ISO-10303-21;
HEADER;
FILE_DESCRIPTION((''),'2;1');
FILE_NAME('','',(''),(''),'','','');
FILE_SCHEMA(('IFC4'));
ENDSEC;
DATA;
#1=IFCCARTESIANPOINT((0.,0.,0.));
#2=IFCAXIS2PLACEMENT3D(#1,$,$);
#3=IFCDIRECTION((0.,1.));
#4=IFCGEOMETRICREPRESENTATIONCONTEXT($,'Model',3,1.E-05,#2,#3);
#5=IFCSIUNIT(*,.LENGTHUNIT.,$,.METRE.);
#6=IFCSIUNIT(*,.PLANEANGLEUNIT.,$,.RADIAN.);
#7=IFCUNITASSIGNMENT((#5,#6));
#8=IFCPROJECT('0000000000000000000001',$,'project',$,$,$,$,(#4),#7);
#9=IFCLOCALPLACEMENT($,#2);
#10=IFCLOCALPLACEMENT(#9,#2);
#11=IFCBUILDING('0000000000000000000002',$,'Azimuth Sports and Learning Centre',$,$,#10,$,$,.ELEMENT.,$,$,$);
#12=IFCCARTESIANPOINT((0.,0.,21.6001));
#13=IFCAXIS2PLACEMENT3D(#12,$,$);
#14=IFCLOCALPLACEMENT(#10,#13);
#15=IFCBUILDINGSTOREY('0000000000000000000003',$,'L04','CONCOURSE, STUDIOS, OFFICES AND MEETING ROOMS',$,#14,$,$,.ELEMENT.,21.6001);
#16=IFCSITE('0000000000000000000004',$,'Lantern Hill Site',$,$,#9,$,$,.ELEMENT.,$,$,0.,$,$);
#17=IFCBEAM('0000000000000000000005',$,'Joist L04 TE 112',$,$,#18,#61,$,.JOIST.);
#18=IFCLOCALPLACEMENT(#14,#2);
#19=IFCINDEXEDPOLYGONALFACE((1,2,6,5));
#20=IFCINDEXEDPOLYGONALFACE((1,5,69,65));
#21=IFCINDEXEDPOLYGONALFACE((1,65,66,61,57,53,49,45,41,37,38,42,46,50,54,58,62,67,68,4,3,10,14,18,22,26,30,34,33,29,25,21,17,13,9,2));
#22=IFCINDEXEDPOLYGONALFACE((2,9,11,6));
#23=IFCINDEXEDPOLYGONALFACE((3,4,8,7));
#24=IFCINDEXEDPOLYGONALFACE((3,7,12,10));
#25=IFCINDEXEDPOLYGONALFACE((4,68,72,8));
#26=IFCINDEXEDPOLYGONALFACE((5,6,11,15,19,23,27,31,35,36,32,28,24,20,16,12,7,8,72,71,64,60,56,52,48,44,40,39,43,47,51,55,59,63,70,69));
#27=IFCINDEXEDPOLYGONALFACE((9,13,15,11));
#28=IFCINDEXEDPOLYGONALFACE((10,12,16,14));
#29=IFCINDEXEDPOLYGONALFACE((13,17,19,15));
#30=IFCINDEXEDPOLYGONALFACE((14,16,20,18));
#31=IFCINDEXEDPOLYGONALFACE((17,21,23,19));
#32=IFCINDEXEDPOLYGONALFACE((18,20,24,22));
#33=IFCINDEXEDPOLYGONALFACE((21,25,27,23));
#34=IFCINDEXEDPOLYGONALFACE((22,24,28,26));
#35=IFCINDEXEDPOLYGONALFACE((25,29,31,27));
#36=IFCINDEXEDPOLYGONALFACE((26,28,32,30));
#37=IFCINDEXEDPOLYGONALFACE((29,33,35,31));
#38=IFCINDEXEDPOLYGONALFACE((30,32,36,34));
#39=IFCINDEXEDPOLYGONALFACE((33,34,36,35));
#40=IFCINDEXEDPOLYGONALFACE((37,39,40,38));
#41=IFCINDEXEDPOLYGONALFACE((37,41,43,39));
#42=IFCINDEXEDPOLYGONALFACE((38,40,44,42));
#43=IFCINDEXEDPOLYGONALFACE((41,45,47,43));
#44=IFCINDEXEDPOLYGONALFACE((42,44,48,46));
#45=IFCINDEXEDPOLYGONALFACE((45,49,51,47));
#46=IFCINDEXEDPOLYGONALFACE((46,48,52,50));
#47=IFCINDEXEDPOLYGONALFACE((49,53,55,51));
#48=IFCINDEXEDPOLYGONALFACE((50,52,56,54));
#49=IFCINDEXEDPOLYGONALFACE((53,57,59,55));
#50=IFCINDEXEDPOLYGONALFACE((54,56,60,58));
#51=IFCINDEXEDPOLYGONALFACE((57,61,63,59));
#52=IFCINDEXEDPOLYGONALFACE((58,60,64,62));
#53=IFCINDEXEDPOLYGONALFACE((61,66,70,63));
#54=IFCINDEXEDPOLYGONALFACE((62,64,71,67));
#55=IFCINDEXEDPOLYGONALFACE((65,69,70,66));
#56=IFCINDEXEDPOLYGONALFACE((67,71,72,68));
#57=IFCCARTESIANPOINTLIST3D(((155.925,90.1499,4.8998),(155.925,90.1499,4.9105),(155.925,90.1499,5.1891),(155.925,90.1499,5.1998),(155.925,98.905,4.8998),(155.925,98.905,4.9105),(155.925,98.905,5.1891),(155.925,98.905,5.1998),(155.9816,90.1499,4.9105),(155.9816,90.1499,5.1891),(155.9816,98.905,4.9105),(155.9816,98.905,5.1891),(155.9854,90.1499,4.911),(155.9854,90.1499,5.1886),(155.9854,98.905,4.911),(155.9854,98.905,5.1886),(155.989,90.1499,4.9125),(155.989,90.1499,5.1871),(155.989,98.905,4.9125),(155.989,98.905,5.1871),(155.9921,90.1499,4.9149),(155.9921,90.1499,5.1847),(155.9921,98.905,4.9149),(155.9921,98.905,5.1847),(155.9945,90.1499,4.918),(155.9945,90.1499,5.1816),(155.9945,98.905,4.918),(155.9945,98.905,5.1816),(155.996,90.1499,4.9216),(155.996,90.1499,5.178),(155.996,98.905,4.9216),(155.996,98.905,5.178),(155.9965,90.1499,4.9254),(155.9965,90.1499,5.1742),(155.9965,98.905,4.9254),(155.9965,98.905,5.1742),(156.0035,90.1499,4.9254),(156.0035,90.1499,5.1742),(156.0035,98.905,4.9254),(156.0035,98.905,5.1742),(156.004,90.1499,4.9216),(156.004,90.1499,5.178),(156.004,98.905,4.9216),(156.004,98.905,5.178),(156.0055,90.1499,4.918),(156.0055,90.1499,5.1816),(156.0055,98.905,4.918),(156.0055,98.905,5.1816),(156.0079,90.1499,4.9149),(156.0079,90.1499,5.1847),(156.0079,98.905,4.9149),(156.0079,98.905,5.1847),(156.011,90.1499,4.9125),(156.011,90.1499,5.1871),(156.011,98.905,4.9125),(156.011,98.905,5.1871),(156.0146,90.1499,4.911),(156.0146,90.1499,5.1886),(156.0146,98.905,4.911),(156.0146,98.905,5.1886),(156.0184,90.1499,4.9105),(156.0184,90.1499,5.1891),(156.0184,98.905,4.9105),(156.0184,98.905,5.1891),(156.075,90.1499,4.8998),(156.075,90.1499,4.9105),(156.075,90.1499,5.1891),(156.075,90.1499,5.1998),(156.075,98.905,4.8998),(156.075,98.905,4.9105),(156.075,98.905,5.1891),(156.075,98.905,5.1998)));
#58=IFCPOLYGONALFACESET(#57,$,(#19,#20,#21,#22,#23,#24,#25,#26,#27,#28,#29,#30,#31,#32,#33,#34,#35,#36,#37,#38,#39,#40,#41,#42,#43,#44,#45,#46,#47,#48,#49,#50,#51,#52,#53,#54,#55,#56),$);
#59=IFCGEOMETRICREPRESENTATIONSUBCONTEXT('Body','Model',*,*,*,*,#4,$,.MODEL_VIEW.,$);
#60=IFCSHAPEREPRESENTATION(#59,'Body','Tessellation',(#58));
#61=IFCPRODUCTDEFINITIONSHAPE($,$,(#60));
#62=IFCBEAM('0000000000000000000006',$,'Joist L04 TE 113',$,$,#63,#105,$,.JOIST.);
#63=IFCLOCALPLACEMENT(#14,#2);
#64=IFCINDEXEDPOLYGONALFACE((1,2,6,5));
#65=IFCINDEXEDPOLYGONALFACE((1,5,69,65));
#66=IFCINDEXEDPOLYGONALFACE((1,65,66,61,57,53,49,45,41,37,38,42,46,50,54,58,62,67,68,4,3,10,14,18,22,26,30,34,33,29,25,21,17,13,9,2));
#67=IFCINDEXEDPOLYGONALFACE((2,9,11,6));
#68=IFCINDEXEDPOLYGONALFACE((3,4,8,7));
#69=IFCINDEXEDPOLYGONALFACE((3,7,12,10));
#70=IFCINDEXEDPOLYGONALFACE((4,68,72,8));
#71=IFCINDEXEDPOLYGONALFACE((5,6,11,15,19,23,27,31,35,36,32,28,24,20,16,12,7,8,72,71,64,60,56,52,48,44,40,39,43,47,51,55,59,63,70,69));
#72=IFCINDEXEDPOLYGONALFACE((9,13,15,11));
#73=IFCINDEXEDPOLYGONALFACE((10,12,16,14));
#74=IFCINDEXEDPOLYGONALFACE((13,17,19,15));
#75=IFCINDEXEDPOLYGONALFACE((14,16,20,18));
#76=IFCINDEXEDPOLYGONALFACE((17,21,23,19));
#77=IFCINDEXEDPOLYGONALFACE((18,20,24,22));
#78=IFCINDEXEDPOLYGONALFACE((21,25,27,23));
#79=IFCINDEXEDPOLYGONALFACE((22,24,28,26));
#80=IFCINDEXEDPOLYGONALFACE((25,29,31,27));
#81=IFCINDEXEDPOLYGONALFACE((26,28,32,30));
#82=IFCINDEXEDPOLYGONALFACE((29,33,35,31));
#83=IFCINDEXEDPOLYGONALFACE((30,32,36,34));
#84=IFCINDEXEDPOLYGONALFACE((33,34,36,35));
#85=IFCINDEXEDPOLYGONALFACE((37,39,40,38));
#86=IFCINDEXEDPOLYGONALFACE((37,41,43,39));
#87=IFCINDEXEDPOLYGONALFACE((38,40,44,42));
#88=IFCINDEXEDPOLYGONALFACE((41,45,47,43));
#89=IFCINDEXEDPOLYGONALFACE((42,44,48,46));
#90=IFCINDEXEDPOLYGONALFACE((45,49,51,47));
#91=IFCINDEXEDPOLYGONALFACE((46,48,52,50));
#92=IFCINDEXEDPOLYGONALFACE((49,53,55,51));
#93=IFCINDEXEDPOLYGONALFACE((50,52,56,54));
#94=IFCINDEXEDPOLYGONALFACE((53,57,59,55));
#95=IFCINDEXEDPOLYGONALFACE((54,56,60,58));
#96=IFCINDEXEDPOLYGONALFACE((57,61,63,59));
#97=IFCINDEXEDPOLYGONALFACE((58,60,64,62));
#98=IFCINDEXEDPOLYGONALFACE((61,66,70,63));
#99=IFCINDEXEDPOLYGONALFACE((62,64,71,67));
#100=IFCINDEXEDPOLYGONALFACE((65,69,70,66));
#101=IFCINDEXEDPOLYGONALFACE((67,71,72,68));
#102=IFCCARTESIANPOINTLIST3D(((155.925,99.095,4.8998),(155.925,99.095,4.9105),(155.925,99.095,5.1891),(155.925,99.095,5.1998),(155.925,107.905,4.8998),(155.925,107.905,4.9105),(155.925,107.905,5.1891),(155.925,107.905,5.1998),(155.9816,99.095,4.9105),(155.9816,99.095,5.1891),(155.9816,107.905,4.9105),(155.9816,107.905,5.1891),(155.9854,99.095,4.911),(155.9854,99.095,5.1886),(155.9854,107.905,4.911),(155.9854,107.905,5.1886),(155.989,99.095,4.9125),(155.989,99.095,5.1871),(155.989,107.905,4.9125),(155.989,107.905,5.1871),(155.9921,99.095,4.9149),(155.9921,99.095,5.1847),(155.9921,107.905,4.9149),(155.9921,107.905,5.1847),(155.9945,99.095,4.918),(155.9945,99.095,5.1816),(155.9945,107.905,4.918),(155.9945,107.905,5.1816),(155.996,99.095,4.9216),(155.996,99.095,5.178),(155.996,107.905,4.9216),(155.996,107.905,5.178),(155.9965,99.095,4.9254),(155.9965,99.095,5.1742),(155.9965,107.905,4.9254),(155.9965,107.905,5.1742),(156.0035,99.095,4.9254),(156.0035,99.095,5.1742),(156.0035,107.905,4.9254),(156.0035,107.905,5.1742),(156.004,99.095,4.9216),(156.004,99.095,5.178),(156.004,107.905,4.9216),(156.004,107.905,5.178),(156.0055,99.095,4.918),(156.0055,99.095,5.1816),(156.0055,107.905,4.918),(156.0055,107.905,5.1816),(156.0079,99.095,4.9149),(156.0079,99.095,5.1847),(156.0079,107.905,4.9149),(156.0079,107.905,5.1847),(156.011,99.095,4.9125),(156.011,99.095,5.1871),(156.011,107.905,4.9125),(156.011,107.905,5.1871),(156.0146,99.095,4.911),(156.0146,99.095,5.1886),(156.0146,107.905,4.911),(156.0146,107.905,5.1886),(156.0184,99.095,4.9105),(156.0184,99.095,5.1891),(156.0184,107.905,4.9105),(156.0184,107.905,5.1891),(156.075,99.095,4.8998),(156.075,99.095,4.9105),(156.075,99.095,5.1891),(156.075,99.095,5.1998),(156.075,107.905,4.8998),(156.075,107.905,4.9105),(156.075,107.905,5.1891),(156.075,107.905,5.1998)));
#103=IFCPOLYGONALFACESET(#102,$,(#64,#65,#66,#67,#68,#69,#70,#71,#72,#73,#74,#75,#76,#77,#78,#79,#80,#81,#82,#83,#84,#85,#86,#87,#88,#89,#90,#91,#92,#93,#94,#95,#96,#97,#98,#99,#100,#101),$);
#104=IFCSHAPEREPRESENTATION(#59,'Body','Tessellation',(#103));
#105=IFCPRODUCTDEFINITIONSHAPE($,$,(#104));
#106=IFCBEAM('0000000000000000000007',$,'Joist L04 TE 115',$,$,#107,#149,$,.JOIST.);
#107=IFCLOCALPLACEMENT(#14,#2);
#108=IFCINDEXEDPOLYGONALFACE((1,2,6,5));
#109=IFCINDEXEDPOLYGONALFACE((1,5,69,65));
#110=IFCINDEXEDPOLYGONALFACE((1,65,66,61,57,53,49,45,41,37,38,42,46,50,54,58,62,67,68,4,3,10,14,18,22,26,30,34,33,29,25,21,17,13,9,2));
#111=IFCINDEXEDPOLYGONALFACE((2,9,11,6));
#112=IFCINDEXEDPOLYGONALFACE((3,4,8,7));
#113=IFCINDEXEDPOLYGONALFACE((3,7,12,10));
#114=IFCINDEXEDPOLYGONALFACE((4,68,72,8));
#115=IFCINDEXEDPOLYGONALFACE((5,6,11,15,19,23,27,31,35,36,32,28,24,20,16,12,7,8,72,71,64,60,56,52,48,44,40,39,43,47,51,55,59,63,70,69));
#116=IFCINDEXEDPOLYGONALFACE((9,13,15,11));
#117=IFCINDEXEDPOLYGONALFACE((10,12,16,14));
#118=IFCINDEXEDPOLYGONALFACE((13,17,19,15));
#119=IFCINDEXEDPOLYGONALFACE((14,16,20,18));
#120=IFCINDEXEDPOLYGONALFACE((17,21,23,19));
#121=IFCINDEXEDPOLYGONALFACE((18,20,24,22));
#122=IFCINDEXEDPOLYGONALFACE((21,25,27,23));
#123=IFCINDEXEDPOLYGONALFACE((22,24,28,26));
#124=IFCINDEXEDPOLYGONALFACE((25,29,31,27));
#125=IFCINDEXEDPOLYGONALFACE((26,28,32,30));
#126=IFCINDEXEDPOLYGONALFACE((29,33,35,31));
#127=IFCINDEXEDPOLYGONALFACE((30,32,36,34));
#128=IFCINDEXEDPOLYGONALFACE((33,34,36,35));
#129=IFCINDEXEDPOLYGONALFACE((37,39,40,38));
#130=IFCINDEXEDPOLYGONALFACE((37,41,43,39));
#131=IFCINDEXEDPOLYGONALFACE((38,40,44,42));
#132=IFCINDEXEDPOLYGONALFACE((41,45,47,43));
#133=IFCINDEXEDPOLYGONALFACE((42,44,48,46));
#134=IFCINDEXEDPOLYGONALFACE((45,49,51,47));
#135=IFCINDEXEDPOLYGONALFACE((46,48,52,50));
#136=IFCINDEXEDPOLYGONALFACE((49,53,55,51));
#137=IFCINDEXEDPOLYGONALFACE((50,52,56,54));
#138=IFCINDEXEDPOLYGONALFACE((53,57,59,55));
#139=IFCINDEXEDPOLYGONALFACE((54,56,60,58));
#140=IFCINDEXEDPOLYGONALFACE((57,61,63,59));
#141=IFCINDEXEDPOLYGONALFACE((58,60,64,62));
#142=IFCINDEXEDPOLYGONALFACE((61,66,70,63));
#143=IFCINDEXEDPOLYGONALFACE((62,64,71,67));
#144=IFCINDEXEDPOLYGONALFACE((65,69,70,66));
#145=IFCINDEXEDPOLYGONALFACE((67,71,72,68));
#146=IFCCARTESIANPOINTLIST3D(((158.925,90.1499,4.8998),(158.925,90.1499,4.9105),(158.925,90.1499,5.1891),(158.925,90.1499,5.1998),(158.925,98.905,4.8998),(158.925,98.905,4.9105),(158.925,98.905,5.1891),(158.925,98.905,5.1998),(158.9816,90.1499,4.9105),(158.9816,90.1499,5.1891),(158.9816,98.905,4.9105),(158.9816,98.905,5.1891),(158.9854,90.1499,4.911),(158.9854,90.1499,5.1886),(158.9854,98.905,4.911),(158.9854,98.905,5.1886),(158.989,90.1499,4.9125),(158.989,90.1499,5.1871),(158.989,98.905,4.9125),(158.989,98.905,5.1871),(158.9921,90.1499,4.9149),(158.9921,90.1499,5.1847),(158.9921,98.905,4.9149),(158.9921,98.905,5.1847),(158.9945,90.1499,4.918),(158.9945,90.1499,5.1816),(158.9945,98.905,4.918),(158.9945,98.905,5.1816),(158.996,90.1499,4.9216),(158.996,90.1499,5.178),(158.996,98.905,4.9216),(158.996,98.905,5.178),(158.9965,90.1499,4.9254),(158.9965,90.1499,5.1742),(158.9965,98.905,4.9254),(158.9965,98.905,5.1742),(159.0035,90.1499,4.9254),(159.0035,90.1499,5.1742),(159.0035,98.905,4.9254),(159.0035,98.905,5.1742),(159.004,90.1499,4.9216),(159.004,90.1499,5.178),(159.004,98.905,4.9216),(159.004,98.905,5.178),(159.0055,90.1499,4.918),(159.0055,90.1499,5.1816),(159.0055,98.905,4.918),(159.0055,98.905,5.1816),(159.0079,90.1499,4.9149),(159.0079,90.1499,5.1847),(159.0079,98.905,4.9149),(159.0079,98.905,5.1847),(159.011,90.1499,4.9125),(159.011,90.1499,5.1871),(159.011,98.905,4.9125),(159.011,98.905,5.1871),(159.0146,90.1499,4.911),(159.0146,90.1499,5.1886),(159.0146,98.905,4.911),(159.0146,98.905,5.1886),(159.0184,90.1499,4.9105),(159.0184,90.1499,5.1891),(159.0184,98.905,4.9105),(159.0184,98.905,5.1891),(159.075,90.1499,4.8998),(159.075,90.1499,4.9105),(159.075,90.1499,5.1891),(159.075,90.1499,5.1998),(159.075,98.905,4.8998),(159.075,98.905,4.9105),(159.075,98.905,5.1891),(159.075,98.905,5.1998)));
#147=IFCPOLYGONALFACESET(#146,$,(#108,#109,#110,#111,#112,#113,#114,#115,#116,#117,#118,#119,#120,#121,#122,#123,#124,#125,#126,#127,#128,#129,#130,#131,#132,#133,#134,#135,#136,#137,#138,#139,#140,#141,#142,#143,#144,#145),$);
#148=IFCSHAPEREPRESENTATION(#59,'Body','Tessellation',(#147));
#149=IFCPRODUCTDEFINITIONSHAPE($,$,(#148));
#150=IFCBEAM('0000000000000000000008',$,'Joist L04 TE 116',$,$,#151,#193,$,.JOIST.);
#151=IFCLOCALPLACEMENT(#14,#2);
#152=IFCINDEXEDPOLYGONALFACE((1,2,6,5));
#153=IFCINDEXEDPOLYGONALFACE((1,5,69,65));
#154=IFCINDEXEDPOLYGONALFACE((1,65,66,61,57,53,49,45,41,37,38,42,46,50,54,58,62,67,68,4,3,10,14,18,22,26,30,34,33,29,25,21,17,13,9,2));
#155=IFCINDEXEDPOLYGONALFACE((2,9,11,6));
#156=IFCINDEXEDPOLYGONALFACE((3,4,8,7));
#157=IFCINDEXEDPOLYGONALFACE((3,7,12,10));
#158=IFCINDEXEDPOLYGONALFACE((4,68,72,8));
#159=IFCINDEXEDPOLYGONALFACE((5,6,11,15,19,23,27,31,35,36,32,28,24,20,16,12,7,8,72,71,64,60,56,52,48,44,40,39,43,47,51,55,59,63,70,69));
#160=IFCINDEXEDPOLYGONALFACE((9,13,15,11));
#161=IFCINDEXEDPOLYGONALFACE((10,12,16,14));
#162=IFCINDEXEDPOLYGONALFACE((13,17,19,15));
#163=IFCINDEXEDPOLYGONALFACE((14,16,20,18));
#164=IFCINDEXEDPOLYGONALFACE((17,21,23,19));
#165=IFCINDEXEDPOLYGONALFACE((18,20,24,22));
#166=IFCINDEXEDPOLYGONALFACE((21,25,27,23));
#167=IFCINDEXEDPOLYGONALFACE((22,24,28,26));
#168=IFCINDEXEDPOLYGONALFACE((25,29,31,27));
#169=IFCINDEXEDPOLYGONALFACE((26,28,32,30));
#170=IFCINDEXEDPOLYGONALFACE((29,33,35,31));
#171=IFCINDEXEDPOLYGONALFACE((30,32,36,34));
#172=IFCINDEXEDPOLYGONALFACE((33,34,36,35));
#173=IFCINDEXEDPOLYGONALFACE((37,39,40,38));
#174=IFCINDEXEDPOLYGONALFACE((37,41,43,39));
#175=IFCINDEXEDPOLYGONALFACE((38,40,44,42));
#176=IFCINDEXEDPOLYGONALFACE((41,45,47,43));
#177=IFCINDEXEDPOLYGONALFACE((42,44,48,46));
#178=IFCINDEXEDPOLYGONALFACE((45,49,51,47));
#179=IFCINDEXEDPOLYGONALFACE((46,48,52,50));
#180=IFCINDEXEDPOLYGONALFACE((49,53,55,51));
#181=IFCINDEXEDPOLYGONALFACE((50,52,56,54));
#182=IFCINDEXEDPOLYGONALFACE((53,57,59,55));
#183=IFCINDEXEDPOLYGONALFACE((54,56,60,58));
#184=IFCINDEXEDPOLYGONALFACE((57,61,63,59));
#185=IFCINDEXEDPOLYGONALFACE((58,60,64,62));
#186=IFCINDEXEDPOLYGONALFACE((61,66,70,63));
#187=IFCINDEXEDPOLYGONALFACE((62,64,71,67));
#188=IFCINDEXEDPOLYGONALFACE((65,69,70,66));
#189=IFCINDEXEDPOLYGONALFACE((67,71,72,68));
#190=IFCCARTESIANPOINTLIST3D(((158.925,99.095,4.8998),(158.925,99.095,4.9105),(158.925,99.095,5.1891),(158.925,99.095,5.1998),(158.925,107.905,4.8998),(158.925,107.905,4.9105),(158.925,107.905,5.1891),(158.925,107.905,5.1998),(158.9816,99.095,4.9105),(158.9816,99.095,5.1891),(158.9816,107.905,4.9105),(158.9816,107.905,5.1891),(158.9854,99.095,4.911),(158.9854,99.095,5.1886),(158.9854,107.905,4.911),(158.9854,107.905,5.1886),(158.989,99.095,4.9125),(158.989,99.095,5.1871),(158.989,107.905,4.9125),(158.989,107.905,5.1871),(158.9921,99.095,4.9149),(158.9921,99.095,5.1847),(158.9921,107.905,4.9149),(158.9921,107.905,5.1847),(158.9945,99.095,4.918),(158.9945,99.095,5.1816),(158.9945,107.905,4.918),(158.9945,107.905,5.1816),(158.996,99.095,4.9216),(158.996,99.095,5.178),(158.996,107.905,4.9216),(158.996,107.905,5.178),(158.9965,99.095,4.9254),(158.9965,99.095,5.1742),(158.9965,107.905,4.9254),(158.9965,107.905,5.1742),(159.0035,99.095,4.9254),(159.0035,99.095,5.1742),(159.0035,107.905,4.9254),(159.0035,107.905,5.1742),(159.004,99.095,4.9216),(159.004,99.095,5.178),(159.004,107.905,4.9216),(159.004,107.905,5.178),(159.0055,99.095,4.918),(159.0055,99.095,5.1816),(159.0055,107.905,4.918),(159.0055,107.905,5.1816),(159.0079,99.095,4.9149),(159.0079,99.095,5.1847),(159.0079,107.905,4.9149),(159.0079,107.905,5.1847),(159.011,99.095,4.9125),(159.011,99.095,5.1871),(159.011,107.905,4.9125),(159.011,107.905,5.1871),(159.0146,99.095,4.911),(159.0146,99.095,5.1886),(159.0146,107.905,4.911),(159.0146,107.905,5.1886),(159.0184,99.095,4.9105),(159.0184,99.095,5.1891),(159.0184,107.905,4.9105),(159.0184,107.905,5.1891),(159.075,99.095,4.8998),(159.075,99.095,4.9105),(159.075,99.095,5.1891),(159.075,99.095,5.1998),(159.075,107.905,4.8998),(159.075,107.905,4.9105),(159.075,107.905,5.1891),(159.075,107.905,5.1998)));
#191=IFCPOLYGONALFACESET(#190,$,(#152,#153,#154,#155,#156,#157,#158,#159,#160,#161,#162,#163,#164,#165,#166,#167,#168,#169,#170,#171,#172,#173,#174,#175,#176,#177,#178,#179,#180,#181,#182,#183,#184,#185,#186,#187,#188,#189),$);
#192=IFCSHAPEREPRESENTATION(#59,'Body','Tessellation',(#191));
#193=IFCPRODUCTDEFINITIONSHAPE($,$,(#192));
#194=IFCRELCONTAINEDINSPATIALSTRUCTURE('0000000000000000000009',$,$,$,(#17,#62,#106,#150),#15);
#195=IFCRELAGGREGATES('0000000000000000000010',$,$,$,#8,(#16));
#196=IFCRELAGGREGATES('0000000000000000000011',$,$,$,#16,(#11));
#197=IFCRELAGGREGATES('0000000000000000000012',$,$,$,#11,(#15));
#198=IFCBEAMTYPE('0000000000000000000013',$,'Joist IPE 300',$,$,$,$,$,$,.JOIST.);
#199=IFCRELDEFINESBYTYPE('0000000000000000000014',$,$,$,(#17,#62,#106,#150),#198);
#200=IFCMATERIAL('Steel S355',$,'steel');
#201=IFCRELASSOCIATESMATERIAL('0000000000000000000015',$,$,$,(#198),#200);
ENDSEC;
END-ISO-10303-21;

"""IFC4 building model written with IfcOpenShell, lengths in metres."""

from ifc_helpers import new_model, si_unit, direction, frame, origin, origin_2d, place, context, subcontext, project, spatial, i_section, extrude, material, material_profile, profile_set, type_object, element, save


model = new_model("IFC4")

# Units and contexts
model_context = context("Model", 3, precision=1e-05, world=origin(), true_north=direction((0.0, 1.0)))
body_context = subcontext(model_context, "Body", "Model", "MODEL_VIEW")
ifc_project = project(units=[si_unit("LENGTHUNIT", "METRE"), si_unit("PLANEANGLEUNIT", "RADIAN")], contexts=[model_context])

# Site, building, storey
site_placement = place(None, origin())
site = spatial("IfcSite", under=ifc_project, at=site_placement, Name="Lantern Hill Site", CompositionType="ELEMENT", RefElevation=0.0)
building_placement = place(site_placement, origin())
building = spatial("IfcBuilding", under=site, at=building_placement, Name="Azimuth Sports and Learning Centre", CompositionType="ELEMENT")
storey_placement = place(building_placement, frame((0.0, 0.0, 21.6001)))
storey = spatial("IfcBuildingStorey", under=building, at=storey_placement, Name="L04", Description="CONCOURSE, STUDIOS, OFFICES AND MEETING ROOMS", CompositionType="ELEMENT", Elevation=21.6001)

# Beams
ifc_material_1 = material(Name="Steel S355", Category="steel")
ifc_material_profile_1 = material_profile(ifc_material_1, i_section(OverallWidth=0.1499, OverallDepth=0.3, WebThickness=0.0071, FlangeThickness=0.0107, FilletRadius=0.0149, at=origin_2d()), Name="IPE 300")
ifc_profile_set_1 = profile_set([ifc_material_profile_1], Name="Steel S355")
beam_type_1 = type_object("IfcBeamType", Name="Joist IPE 300", PredefinedType="JOIST", material=ifc_profile_set_1)
beam_1_placement = place(storey_placement, frame((156.0, 90.1499, 5.0498), z_axis=(0.0, 1.0, 0.0), x_axis=(-1.0, 0.0, 0.0)))
element("IfcBeam", 1, at=beam_1_placement, inside=storey, type_object=beam_type_1, Name="Joist L04 TE 112", PredefinedType="JOIST", context=body_context, shape_type="SweptSolid", body=[
    extrude(i_section(OverallWidth=0.1499, OverallDepth=0.3, WebThickness=0.0071, FlangeThickness=0.0107, FilletRadius=0.0149, at=origin_2d()), origin(), (0.0, 0.0, 1.0), 8.7551),
])
beam_2_placement = place(storey_placement, frame((156.0, 99.095, 5.0498), z_axis=(0.0, 1.0, 0.0), x_axis=(-1.0, 0.0, 0.0)))
element("IfcBeam", 2, at=beam_2_placement, inside=storey, type_object=beam_type_1, Name="Joist L04 TE 113", PredefinedType="JOIST", context=body_context, shape_type="SweptSolid", body=[
    extrude(i_section(OverallWidth=0.1499, OverallDepth=0.3, WebThickness=0.0071, FlangeThickness=0.0107, FilletRadius=0.0149, at=origin_2d()), origin(), (0.0, 0.0, 1.0), 8.8101),
])
beam_3_placement = place(storey_placement, frame((159.0, 90.1499, 5.0498), z_axis=(0.0, 1.0, 0.0), x_axis=(-1.0, 0.0, 0.0)))
element("IfcBeam", 3, at=beam_3_placement, inside=storey, type_object=beam_type_1, Name="Joist L04 TE 115", PredefinedType="JOIST", context=body_context, shape_type="SweptSolid", body=[
    extrude(i_section(OverallWidth=0.1499, OverallDepth=0.3, WebThickness=0.0071, FlangeThickness=0.0107, FilletRadius=0.0149, at=origin_2d()), origin(), (0.0, 0.0, 1.0), 8.7551),
])
beam_4_placement = place(storey_placement, frame((159.0, 99.095, 5.0498), z_axis=(0.0, 1.0, 0.0), x_axis=(-1.0, 0.0, 0.0)))
element("IfcBeam", 4, at=beam_4_placement, inside=storey, type_object=beam_type_1, Name="Joist L04 TE 116", PredefinedType="JOIST", context=body_context, shape_type="SweptSolid", body=[
    extrude(i_section(OverallWidth=0.1499, OverallDepth=0.3, WebThickness=0.0071, FlangeThickness=0.0107, FilletRadius=0.0149, at=origin_2d()), origin(), (0.0, 0.0, 1.0), 8.8101),
])

save(model, "model.ifc")
